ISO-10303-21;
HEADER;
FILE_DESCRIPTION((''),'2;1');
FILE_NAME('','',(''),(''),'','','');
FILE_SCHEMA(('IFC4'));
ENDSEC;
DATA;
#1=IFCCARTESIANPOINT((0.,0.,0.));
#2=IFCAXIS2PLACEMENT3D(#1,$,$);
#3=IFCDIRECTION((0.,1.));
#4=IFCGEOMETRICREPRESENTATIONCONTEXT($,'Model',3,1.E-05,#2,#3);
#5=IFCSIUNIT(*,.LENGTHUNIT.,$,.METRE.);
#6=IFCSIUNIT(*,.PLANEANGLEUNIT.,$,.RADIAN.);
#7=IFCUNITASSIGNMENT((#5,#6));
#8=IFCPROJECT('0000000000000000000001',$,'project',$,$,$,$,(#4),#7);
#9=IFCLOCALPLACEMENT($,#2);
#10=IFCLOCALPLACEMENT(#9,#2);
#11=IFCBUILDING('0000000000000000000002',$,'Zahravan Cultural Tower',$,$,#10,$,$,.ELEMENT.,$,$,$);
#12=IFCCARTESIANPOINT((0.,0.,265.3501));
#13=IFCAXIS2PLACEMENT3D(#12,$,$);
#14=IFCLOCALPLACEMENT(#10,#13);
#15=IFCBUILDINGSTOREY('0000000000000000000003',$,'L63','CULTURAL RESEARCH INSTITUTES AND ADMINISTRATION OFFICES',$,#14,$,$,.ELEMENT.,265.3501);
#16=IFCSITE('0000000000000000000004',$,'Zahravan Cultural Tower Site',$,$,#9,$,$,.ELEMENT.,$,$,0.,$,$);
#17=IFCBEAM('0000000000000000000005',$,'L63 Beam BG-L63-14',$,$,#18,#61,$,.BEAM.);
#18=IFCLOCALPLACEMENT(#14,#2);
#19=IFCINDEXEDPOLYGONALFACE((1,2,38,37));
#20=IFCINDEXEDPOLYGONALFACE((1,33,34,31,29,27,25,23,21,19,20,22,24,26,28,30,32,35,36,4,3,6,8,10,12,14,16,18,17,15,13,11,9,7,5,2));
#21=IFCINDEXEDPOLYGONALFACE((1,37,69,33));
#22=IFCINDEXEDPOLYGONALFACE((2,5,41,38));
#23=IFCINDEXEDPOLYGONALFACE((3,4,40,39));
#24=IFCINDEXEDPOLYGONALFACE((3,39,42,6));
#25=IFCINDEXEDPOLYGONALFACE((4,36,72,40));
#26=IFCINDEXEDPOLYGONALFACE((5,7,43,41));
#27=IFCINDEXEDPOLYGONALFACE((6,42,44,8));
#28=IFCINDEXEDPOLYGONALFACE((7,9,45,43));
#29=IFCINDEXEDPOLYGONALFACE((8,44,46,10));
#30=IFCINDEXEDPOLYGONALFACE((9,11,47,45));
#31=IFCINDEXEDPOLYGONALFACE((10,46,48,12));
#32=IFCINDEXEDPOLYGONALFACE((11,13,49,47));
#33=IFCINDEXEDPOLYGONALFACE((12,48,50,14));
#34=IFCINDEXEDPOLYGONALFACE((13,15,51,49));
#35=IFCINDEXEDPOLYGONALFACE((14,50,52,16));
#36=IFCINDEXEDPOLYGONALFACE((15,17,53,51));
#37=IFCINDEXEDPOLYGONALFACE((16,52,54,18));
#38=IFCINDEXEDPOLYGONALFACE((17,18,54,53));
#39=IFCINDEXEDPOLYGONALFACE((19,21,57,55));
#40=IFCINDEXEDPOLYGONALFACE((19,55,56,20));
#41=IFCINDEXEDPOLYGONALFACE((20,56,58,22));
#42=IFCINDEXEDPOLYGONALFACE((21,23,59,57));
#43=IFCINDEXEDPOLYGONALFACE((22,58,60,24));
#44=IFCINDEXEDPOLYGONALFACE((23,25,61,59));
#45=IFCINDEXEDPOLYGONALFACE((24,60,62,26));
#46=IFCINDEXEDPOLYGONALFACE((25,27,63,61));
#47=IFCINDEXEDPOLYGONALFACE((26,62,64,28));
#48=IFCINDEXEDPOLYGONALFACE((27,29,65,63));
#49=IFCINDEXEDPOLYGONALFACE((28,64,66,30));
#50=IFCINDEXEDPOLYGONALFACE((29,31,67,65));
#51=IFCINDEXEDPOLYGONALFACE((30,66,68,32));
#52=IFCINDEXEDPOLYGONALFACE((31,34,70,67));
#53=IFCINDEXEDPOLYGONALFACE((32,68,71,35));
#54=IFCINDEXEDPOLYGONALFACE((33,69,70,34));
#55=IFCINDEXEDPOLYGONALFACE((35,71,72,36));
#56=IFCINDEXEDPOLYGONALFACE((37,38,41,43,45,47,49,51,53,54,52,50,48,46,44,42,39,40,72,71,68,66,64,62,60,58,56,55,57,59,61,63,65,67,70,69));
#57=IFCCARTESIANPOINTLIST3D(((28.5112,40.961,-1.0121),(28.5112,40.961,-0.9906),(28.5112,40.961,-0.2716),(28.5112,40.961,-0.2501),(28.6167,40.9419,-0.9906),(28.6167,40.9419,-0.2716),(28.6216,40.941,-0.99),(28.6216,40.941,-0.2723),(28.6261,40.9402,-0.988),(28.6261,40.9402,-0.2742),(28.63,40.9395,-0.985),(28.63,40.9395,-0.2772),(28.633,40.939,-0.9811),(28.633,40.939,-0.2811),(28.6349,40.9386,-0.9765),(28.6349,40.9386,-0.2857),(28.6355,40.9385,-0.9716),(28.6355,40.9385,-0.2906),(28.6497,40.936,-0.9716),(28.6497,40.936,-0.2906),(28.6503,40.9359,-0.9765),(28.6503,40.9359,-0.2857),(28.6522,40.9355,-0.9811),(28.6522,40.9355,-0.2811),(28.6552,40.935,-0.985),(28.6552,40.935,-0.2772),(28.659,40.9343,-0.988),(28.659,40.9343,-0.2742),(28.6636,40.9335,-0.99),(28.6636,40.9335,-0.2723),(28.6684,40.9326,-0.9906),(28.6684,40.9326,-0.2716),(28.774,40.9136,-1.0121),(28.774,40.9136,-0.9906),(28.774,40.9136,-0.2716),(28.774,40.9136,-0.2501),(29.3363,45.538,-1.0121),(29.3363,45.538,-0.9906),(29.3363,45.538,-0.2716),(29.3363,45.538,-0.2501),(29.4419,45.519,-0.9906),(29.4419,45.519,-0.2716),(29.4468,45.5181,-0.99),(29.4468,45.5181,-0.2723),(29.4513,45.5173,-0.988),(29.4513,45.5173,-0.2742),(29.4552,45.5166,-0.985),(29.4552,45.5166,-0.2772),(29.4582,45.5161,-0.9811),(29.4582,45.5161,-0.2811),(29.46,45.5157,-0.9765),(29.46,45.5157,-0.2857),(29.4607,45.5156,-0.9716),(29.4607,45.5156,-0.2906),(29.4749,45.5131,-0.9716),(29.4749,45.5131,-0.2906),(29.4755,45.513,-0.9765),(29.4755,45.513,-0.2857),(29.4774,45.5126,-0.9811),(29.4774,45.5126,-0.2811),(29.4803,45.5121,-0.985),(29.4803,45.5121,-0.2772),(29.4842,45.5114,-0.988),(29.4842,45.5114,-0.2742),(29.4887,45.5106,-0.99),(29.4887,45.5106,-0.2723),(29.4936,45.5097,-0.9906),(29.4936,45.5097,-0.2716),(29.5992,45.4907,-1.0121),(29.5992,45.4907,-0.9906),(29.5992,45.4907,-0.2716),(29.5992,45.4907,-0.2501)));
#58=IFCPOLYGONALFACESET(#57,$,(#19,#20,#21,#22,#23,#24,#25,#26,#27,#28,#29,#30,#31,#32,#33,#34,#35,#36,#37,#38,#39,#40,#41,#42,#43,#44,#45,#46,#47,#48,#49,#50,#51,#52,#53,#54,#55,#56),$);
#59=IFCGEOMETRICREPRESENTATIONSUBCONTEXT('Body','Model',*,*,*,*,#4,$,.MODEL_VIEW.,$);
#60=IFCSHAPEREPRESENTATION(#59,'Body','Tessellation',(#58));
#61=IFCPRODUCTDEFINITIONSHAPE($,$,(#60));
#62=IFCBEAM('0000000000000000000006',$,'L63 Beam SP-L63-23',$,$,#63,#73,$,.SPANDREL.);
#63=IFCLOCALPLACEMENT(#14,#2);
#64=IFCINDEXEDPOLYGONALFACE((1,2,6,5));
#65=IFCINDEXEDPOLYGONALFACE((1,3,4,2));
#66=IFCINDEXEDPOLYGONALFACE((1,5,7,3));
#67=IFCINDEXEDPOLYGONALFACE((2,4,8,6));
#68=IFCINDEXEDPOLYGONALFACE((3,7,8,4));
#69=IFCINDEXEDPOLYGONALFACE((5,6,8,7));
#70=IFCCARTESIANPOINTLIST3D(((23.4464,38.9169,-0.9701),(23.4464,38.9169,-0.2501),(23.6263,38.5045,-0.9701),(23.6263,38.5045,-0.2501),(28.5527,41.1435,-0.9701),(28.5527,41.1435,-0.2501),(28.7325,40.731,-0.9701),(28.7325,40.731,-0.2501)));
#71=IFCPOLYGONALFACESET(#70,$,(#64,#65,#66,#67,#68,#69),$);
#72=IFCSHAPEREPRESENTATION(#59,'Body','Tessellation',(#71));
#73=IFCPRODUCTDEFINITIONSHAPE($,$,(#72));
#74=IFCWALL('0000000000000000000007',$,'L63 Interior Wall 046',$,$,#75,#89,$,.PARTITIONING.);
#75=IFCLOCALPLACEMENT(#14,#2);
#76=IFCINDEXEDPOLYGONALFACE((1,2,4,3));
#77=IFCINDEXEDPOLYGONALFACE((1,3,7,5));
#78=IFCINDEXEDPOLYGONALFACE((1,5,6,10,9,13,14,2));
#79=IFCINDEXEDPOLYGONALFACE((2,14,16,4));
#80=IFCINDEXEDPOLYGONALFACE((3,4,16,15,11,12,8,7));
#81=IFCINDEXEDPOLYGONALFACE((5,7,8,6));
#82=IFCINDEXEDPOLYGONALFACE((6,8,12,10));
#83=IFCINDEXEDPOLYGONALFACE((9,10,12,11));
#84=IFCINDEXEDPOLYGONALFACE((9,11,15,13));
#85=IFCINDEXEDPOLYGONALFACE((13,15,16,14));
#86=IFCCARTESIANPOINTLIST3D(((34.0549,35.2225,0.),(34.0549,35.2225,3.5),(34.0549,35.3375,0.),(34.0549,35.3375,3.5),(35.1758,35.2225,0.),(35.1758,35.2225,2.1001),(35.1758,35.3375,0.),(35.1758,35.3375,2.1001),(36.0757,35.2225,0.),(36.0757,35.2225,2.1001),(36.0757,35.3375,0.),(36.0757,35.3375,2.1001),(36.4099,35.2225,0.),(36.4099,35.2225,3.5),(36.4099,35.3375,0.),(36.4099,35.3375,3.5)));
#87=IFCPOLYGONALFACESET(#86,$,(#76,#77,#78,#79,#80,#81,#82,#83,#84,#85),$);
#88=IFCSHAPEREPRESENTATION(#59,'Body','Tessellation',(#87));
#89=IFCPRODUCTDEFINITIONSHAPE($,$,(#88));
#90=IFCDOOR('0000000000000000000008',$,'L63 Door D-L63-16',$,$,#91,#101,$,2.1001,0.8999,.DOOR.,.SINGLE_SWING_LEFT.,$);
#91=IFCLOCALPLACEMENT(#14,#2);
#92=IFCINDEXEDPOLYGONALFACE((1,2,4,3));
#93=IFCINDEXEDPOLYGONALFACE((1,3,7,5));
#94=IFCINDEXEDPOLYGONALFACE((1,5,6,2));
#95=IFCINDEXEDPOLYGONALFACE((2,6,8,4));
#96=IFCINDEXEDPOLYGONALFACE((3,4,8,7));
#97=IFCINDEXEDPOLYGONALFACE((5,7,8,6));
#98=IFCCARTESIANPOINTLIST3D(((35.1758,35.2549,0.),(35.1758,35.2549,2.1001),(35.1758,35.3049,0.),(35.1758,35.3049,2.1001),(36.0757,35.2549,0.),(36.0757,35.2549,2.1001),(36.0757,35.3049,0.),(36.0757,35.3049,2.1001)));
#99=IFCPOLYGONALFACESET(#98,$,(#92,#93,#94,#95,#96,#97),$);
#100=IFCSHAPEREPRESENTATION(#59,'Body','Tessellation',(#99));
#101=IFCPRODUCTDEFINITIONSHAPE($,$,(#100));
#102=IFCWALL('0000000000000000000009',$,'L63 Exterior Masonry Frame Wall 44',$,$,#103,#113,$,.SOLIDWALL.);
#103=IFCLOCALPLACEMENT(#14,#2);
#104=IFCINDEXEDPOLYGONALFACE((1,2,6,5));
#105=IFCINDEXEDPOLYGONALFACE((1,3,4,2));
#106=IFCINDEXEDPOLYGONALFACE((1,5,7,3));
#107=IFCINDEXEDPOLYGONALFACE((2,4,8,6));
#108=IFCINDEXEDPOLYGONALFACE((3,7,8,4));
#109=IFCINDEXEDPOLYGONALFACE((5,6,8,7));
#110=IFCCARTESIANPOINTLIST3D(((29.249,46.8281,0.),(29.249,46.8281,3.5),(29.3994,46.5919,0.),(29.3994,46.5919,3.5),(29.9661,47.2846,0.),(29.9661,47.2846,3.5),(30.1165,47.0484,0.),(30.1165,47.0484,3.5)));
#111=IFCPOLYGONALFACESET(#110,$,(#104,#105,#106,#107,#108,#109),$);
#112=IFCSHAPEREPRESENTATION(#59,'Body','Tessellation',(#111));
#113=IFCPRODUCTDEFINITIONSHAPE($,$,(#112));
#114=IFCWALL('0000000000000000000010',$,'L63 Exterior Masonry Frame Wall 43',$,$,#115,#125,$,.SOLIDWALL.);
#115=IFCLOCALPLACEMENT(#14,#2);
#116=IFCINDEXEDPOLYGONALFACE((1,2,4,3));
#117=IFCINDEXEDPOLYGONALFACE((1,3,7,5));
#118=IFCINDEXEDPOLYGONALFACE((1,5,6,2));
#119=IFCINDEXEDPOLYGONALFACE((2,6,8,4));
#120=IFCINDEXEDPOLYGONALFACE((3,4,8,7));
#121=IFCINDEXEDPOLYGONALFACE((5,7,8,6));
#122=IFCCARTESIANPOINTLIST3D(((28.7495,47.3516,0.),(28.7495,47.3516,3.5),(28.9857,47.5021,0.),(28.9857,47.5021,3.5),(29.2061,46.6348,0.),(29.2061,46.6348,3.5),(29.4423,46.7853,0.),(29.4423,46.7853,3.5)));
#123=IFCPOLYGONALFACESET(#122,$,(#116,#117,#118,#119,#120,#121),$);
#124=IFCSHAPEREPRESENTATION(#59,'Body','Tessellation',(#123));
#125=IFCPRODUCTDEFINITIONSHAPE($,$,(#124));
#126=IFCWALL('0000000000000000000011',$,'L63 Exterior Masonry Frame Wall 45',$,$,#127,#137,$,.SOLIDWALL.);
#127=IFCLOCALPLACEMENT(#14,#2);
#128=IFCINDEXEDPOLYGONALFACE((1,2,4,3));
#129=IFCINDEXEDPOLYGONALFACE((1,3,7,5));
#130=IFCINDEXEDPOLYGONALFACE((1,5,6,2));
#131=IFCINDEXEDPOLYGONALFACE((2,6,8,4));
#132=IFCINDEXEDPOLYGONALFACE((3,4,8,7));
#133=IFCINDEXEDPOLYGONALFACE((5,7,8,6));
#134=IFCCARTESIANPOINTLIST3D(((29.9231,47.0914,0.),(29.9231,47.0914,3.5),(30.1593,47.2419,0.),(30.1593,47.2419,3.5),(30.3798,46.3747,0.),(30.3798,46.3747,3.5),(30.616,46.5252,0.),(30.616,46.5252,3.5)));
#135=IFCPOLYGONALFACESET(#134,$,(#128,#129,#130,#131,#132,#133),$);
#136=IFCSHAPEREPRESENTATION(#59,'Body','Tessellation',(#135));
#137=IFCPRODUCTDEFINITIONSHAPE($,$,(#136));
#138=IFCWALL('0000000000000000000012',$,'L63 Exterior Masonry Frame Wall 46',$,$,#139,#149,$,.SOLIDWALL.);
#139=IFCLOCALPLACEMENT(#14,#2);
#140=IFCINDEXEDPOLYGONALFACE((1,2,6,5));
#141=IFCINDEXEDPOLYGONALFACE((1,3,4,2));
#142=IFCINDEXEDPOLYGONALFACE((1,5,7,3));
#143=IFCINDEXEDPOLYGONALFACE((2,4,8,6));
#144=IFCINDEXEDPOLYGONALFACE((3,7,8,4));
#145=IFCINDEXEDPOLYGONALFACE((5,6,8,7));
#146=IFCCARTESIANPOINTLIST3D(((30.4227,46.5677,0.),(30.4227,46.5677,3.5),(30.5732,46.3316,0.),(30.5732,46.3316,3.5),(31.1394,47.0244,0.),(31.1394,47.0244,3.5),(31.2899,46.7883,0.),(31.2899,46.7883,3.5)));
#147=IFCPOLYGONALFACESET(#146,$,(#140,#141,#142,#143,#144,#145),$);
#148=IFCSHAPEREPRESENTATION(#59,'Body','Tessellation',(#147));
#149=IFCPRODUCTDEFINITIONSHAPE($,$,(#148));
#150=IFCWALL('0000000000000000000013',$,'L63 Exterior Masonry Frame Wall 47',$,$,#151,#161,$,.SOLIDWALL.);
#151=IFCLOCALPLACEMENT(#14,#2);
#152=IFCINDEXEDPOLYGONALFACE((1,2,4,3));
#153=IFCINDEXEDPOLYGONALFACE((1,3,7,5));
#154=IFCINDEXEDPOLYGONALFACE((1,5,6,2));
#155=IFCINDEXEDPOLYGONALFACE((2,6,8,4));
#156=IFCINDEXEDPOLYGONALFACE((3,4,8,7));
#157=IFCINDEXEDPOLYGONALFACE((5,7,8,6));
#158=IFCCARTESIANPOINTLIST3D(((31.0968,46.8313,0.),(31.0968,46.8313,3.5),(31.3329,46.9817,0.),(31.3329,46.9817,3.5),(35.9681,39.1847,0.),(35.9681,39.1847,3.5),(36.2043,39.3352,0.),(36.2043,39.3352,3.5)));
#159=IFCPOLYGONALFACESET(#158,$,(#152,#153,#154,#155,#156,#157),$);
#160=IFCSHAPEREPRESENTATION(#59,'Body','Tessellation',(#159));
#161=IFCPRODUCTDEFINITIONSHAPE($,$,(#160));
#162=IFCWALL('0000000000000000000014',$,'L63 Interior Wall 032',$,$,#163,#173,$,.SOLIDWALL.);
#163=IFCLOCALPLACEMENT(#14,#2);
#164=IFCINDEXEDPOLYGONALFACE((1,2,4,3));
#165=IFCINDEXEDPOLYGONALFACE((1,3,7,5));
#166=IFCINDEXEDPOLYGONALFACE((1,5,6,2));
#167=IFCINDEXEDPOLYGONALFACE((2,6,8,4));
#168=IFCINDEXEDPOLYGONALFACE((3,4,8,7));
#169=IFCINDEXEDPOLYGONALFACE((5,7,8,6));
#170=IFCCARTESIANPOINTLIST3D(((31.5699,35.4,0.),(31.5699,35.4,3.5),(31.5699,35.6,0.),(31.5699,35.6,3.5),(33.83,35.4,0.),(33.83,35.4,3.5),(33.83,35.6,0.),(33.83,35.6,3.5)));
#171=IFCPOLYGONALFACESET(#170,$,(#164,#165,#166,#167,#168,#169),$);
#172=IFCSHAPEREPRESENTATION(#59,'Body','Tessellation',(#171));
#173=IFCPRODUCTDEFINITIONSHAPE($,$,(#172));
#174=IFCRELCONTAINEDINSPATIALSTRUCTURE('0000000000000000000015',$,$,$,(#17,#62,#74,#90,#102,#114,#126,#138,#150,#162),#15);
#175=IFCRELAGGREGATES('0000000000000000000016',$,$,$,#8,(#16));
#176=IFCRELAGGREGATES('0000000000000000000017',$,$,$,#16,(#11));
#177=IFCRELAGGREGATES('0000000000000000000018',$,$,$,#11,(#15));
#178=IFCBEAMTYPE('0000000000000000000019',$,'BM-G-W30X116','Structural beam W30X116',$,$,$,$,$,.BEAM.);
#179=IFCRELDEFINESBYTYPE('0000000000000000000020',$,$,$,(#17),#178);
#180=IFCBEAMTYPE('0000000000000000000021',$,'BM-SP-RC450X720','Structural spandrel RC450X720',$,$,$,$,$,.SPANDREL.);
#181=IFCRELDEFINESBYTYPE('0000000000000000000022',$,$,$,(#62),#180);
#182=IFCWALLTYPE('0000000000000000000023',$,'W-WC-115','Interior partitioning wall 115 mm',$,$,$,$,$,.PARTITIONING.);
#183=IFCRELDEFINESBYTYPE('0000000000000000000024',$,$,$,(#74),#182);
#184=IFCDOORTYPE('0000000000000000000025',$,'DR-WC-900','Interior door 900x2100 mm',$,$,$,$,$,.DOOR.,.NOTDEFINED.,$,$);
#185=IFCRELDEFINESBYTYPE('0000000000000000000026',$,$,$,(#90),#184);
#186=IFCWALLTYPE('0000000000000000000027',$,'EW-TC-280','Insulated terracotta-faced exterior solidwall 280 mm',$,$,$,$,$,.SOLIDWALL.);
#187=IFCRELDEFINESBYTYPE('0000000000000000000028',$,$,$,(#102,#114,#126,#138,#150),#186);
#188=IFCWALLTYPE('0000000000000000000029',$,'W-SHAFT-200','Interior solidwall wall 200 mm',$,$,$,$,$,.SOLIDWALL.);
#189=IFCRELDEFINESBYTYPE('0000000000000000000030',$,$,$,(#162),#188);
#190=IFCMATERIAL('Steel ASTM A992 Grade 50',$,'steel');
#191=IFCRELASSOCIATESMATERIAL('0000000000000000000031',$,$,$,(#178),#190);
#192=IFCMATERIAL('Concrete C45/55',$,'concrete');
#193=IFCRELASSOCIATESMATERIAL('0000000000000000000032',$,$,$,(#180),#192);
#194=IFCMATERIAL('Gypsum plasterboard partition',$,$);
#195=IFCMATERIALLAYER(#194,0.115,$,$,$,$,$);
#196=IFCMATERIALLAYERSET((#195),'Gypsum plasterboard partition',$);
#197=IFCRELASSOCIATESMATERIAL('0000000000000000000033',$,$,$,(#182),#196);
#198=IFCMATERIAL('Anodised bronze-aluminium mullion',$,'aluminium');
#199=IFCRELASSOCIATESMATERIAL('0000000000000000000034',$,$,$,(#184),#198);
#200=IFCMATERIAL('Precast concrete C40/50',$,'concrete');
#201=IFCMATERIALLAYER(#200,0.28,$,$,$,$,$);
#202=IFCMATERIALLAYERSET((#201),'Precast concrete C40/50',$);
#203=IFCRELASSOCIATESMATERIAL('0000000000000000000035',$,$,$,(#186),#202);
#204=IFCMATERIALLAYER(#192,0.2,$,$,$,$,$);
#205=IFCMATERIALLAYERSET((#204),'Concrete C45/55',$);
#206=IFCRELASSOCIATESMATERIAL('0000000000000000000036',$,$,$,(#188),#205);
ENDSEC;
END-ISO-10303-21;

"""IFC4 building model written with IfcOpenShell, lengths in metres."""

from ifc_helpers import new_model, si_unit, direction, frame, frame_2d, origin, origin_2d, place, context, subcontext, project, spatial, rectangle, i_section, extrude, source, transform, mapped, material, layer, layer_set, material_profile, profile_set, type_object, element, fill, save


model = new_model("IFC4")

# Units and contexts
model_context = context("Model", 3, precision=1e-05, world=origin(), true_north=direction((0.0, 1.0)))
body_context = subcontext(model_context, "Body", "Model", "MODEL_VIEW")
ifc_project = project(units=[si_unit("LENGTHUNIT", "METRE"), si_unit("PLANEANGLEUNIT", "RADIAN")], contexts=[model_context])

# Site, building, storey
site_placement = place(None, origin())
site = spatial("IfcSite", under=ifc_project, at=site_placement, Name="Zahravan Cultural Tower Site", CompositionType="ELEMENT", RefElevation=0.0)
building_placement = place(site_placement, origin())
building = spatial("IfcBuilding", under=site, at=building_placement, Name="Zahravan Cultural Tower", CompositionType="ELEMENT")
storey_placement = place(building_placement, frame((0.0, 0.0, 265.3501)))
storey = spatial("IfcBuildingStorey", under=building, at=storey_placement, Name="L63", Description="CULTURAL RESEARCH INSTITUTES AND ADMINISTRATION OFFICES", CompositionType="ELEMENT", Elevation=265.3501)

# Shared definitions
ifc_material_1 = material(Name="Steel ASTM A992 Grade 50", Category="steel")

# Beams
ifc_material_profile_1 = material_profile(ifc_material_1, i_section(OverallWidth=0.2671, OverallDepth=0.762, WebThickness=0.0144, FlangeThickness=0.0215, FilletRadius=0.019, at=origin_2d()), Name="W30X116")
ifc_profile_set_1 = profile_set([ifc_material_profile_1], Name="Steel ASTM A992 Grade 50")
beam_type_1 = type_object("IfcBeamType", Name="BM-G-W30X116", Description="Structural beam W30X116", PredefinedType="BEAM", material=ifc_profile_set_1)
shared_shape_1 = source(origin(), body_context, "Body", "SweptSolid", [
    extrude(i_section(OverallWidth=0.2671, OverallDepth=0.762, WebThickness=0.0144, FlangeThickness=0.0215, FilletRadius=0.019, at=origin_2d()), origin(), (0.0, 0.0, 1.0), 4.6509),
])
beam_1_placement = place(storey_placement, frame((28.6426, 40.9373, -0.6311), z_axis=(0.177426, 0.984134, 0.0), x_axis=(-0.984134, 0.177426, 0.0)))
element("IfcBeam", 1, at=beam_1_placement, inside=storey, type_object=beam_type_1, Name="L63 Beam BG-L63-14", PredefinedType="BEAM", context=body_context, shape_type="MappedRepresentation", body=[
    mapped(shared_shape_1, transform((0.0, 0.0, 0.0), x_axis=(1.0, 0.0, 0.0), y_axis=(0.0, 1.0, 0.0), z_axis=(0.0, 0.0, 1.0), scale=1.0)),
])
ifc_material_2 = material(Name="Concrete C45/55", Category="concrete")
ifc_material_profile_2 = material_profile(ifc_material_2, rectangle(XDim=0.45, YDim=0.72, at=origin_2d()), Name="RC450X720")
ifc_profile_set_2 = profile_set([ifc_material_profile_2], Name="Concrete C45/55")
beam_type_2 = type_object("IfcBeamType", Name="BM-SP-RC450X720", Description="Structural spandrel RC450X720", PredefinedType="SPANDREL", material=ifc_profile_set_2)
shared_shape_2 = source(origin(), body_context, "Body", "SweptSolid", [
    extrude(rectangle(XDim=0.45, YDim=0.72, at=origin_2d()), origin(), (0.0, 0.0, 1.0), 5.5706),
])
beam_2_placement = place(storey_placement, frame((28.6426, 40.9373, -0.6101), z_axis=(-0.916645, -0.399703, 0.0), x_axis=(0.399703, -0.916645, 0.0)))
element("IfcBeam", 2, at=beam_2_placement, inside=storey, type_object=beam_type_2, Name="L63 Beam SP-L63-23", PredefinedType="SPANDREL", context=body_context, shape_type="MappedRepresentation", body=[
    mapped(shared_shape_2, transform((0.0, 0.0, 0.0), x_axis=(1.0, 0.0, 0.0), y_axis=(0.0, 1.0, 0.0), z_axis=(0.0, 0.0, 1.0), scale=1.0)),
])

# Wall, opening, door
ifc_material_3 = material(Name="Gypsum plasterboard partition")
ifc_material_4 = material(Name="Anodised bronze-aluminium mullion", Category="aluminium")
ifc_layer_1 = layer(ifc_material_3, 0.115)
ifc_layer_set_1 = layer_set([ifc_layer_1], Name="Gypsum plasterboard partition")
wall_type_1 = type_object("IfcWallType", Name="W-WC-115", Description="Interior partitioning wall 115 mm", PredefinedType="PARTITIONING", material=ifc_layer_set_1)
wall_1_placement = place(storey_placement, frame((34.0549, 35.28, 0.0), z_axis=(0.0, 0.0, 1.0), x_axis=(1.0, 0.0, 0.0)))
wall_1 = element("IfcWall", 3, at=wall_1_placement, inside=storey, type_object=wall_type_1, Name="L63 Interior Wall 046", PredefinedType="PARTITIONING", context=body_context, shape_type="SweptSolid", body=[
    extrude(rectangle(XDim=2.355, YDim=0.115, at=frame_2d((1.1775, 0.0))), origin(), (0.0, 0.0, 1.0), 3.5),
])
opening_1_placement = place(wall_1_placement, frame((1.1208, 0.0, 0.0)))
opening_1 = element("IfcOpeningElement", 4, at=opening_1_placement, cuts=wall_1, PredefinedType="OPENING", context=body_context, shape_type="SweptSolid", body=[
    extrude(rectangle(XDim=0.8999, YDim=2.1001, at=frame_2d((0.45, 1.05))), frame((0.0, 0.0674, 0.0), z_axis=(0.0, -1.0, 0.0), x_axis=(1.0, 0.0, 0.0)), (0.0, 0.0, 1.0), 0.135),
])
door_type_1 = type_object("IfcDoorType", Name="DR-WC-900", Description="Interior door 900x2100 mm", OperationType="NOTDEFINED", PredefinedType="DOOR", material=ifc_material_4)
shared_shape_3 = source(origin(), body_context, "Body", "SweptSolid", [
    extrude(rectangle(XDim=0.8999, YDim=2.1001, at=frame_2d((0.45, 1.05))), frame((0.0, 0.0249, 0.0), z_axis=(0.0, -1.0, 0.0), x_axis=(1.0, 0.0, 0.0)), (0.0, 0.0, 1.0), 0.05),
])
door_1_placement = place(opening_1_placement, origin())
door_1 = element("IfcDoor", 5, at=door_1_placement, inside=storey, type_object=door_type_1, Name="L63 Door D-L63-16", OperationType="SINGLE_SWING_LEFT", OverallHeight=2.1001, OverallWidth=0.8999, PredefinedType="DOOR", context=body_context, shape_type="MappedRepresentation", body=[
    mapped(shared_shape_3, transform((0.0, 0.0, 0.0), x_axis=(1.0, 0.0, 0.0), y_axis=(0.0, 1.0, 0.0), z_axis=(0.0, 0.0, 1.0), scale=1.0)),
])
fill(opening_1, door_1)

# Walls
ifc_material_5 = material(Name="Precast concrete C40/50", Category="concrete")
ifc_layer_2 = layer(ifc_material_5, 0.28)
ifc_layer_set_2 = layer_set([ifc_layer_2], Name="Precast concrete C40/50")
wall_type_2 = type_object("IfcWallType", Name="EW-TC-280", Description="Insulated terracotta-faced exterior solidwall 280 mm", PredefinedType="SOLIDWALL", material=ifc_layer_set_2)
shared_shape_4 = source(origin(), body_context, "Body", "SweptSolid", [
    extrude(rectangle(XDim=0.8501, YDim=0.28, at=frame_2d((0.425, 0.0))), origin(), (0.0, 0.0, 1.0), 3.5),
])
wall_2_placement = place(storey_placement, frame((29.3242, 46.71, 0.0), z_axis=(0.0, 0.0, 1.0), x_axis=(0.843531, 0.53708, 0.0)))
element("IfcWall", 6, at=wall_2_placement, inside=storey, type_object=wall_type_2, Name="L63 Exterior Masonry Frame Wall 44", PredefinedType="SOLIDWALL", context=body_context, shape_type="MappedRepresentation", body=[
    mapped(shared_shape_4, transform((0.0, 0.0, 0.0), x_axis=(1.0, 0.0, 0.0), y_axis=(0.0, 1.0, 0.0), z_axis=(0.0, 0.0, 1.0), scale=1.0)),
])
shared_shape_5 = source(origin(), body_context, "Body", "SweptSolid", [
    extrude(rectangle(XDim=0.8499, YDim=0.28, at=frame_2d((0.4248, 0.0))), origin(), (0.0, 0.0, 1.0), 3.5),
])
for number, where, z_axis, x_axis, name in (
    (7, (28.8677, 47.4268, 0.0), (0.0, 0.0, 1.0), (0.53721, -0.843448, 0.0), "L63 Exterior Masonry Frame Wall 43"),
    (8, (30.0413, 47.1665, 0.0), (0.0, 0.0, 1.0), (0.537414, -0.843318, 0.0), "L63 Exterior Masonry Frame Wall 45"),
    (9, (30.498, 46.4497, 0.0), (0.0, 0.0, 1.0), (0.843318, 0.537414, 0.0), "L63 Exterior Masonry Frame Wall 46"),
):
    element("IfcWall", number, at=place(storey_placement, frame(where, z_axis=z_axis, x_axis=x_axis)), inside=storey, type_object=wall_type_2, Name=name, PredefinedType="SOLIDWALL", context=body_context, shape_type="MappedRepresentation", body=[
        mapped(shared_shape_5, transform((0.0, 0.0, 0.0), x_axis=(1.0, 0.0, 0.0), y_axis=(0.0, 1.0, 0.0), z_axis=(0.0, 0.0, 1.0), scale=1.0)),
    ])
shared_shape_6 = source(origin(), body_context, "Body", "SweptSolid", [
    extrude(rectangle(XDim=9.0664, YDim=0.28, at=frame_2d((4.5332, 0.0))), origin(), (0.0, 0.0, 1.0), 3.5),
])
wall_3_placement = place(storey_placement, frame((31.2148, 46.9065, 0.0), z_axis=(0.0, 0.0, 1.0), x_axis=(0.537299, -0.843392, 0.0)))
element("IfcWall", 10, at=wall_3_placement, inside=storey, type_object=wall_type_2, Name="L63 Exterior Masonry Frame Wall 47", PredefinedType="SOLIDWALL", context=body_context, shape_type="MappedRepresentation", body=[
    mapped(shared_shape_6, transform((0.0, 0.0, 0.0), x_axis=(1.0, 0.0, 0.0), y_axis=(0.0, 1.0, 0.0), z_axis=(0.0, 0.0, 1.0), scale=1.0)),
])
ifc_layer_3 = layer(ifc_material_2, 0.2)
ifc_layer_set_3 = layer_set([ifc_layer_3], Name="Concrete C45/55")
wall_type_3 = type_object("IfcWallType", Name="W-SHAFT-200", Description="Interior solidwall wall 200 mm", PredefinedType="SOLIDWALL", material=ifc_layer_set_3)
shared_shape_7 = source(origin(), body_context, "Body", "SweptSolid", [
    extrude(rectangle(XDim=2.26, YDim=0.2, at=frame_2d((1.1299, 0.0))), origin(), (0.0, 0.0, 1.0), 3.5),
])
wall_4_placement = place(storey_placement, frame((31.5701, 35.5, 0.0), z_axis=(0.0, 0.0, 1.0), x_axis=(1.0, 0.0, 0.0)))
element("IfcWall", 11, at=wall_4_placement, inside=storey, type_object=wall_type_3, Name="L63 Interior Wall 032", PredefinedType="SOLIDWALL", context=body_context, shape_type="MappedRepresentation", body=[
    mapped(shared_shape_7, transform((0.0, 0.0, 0.0), x_axis=(1.0, 0.0, 0.0), y_axis=(0.0, 1.0, 0.0), z_axis=(0.0, 0.0, 1.0), scale=1.0)),
])

save(model, "model.ifc")
